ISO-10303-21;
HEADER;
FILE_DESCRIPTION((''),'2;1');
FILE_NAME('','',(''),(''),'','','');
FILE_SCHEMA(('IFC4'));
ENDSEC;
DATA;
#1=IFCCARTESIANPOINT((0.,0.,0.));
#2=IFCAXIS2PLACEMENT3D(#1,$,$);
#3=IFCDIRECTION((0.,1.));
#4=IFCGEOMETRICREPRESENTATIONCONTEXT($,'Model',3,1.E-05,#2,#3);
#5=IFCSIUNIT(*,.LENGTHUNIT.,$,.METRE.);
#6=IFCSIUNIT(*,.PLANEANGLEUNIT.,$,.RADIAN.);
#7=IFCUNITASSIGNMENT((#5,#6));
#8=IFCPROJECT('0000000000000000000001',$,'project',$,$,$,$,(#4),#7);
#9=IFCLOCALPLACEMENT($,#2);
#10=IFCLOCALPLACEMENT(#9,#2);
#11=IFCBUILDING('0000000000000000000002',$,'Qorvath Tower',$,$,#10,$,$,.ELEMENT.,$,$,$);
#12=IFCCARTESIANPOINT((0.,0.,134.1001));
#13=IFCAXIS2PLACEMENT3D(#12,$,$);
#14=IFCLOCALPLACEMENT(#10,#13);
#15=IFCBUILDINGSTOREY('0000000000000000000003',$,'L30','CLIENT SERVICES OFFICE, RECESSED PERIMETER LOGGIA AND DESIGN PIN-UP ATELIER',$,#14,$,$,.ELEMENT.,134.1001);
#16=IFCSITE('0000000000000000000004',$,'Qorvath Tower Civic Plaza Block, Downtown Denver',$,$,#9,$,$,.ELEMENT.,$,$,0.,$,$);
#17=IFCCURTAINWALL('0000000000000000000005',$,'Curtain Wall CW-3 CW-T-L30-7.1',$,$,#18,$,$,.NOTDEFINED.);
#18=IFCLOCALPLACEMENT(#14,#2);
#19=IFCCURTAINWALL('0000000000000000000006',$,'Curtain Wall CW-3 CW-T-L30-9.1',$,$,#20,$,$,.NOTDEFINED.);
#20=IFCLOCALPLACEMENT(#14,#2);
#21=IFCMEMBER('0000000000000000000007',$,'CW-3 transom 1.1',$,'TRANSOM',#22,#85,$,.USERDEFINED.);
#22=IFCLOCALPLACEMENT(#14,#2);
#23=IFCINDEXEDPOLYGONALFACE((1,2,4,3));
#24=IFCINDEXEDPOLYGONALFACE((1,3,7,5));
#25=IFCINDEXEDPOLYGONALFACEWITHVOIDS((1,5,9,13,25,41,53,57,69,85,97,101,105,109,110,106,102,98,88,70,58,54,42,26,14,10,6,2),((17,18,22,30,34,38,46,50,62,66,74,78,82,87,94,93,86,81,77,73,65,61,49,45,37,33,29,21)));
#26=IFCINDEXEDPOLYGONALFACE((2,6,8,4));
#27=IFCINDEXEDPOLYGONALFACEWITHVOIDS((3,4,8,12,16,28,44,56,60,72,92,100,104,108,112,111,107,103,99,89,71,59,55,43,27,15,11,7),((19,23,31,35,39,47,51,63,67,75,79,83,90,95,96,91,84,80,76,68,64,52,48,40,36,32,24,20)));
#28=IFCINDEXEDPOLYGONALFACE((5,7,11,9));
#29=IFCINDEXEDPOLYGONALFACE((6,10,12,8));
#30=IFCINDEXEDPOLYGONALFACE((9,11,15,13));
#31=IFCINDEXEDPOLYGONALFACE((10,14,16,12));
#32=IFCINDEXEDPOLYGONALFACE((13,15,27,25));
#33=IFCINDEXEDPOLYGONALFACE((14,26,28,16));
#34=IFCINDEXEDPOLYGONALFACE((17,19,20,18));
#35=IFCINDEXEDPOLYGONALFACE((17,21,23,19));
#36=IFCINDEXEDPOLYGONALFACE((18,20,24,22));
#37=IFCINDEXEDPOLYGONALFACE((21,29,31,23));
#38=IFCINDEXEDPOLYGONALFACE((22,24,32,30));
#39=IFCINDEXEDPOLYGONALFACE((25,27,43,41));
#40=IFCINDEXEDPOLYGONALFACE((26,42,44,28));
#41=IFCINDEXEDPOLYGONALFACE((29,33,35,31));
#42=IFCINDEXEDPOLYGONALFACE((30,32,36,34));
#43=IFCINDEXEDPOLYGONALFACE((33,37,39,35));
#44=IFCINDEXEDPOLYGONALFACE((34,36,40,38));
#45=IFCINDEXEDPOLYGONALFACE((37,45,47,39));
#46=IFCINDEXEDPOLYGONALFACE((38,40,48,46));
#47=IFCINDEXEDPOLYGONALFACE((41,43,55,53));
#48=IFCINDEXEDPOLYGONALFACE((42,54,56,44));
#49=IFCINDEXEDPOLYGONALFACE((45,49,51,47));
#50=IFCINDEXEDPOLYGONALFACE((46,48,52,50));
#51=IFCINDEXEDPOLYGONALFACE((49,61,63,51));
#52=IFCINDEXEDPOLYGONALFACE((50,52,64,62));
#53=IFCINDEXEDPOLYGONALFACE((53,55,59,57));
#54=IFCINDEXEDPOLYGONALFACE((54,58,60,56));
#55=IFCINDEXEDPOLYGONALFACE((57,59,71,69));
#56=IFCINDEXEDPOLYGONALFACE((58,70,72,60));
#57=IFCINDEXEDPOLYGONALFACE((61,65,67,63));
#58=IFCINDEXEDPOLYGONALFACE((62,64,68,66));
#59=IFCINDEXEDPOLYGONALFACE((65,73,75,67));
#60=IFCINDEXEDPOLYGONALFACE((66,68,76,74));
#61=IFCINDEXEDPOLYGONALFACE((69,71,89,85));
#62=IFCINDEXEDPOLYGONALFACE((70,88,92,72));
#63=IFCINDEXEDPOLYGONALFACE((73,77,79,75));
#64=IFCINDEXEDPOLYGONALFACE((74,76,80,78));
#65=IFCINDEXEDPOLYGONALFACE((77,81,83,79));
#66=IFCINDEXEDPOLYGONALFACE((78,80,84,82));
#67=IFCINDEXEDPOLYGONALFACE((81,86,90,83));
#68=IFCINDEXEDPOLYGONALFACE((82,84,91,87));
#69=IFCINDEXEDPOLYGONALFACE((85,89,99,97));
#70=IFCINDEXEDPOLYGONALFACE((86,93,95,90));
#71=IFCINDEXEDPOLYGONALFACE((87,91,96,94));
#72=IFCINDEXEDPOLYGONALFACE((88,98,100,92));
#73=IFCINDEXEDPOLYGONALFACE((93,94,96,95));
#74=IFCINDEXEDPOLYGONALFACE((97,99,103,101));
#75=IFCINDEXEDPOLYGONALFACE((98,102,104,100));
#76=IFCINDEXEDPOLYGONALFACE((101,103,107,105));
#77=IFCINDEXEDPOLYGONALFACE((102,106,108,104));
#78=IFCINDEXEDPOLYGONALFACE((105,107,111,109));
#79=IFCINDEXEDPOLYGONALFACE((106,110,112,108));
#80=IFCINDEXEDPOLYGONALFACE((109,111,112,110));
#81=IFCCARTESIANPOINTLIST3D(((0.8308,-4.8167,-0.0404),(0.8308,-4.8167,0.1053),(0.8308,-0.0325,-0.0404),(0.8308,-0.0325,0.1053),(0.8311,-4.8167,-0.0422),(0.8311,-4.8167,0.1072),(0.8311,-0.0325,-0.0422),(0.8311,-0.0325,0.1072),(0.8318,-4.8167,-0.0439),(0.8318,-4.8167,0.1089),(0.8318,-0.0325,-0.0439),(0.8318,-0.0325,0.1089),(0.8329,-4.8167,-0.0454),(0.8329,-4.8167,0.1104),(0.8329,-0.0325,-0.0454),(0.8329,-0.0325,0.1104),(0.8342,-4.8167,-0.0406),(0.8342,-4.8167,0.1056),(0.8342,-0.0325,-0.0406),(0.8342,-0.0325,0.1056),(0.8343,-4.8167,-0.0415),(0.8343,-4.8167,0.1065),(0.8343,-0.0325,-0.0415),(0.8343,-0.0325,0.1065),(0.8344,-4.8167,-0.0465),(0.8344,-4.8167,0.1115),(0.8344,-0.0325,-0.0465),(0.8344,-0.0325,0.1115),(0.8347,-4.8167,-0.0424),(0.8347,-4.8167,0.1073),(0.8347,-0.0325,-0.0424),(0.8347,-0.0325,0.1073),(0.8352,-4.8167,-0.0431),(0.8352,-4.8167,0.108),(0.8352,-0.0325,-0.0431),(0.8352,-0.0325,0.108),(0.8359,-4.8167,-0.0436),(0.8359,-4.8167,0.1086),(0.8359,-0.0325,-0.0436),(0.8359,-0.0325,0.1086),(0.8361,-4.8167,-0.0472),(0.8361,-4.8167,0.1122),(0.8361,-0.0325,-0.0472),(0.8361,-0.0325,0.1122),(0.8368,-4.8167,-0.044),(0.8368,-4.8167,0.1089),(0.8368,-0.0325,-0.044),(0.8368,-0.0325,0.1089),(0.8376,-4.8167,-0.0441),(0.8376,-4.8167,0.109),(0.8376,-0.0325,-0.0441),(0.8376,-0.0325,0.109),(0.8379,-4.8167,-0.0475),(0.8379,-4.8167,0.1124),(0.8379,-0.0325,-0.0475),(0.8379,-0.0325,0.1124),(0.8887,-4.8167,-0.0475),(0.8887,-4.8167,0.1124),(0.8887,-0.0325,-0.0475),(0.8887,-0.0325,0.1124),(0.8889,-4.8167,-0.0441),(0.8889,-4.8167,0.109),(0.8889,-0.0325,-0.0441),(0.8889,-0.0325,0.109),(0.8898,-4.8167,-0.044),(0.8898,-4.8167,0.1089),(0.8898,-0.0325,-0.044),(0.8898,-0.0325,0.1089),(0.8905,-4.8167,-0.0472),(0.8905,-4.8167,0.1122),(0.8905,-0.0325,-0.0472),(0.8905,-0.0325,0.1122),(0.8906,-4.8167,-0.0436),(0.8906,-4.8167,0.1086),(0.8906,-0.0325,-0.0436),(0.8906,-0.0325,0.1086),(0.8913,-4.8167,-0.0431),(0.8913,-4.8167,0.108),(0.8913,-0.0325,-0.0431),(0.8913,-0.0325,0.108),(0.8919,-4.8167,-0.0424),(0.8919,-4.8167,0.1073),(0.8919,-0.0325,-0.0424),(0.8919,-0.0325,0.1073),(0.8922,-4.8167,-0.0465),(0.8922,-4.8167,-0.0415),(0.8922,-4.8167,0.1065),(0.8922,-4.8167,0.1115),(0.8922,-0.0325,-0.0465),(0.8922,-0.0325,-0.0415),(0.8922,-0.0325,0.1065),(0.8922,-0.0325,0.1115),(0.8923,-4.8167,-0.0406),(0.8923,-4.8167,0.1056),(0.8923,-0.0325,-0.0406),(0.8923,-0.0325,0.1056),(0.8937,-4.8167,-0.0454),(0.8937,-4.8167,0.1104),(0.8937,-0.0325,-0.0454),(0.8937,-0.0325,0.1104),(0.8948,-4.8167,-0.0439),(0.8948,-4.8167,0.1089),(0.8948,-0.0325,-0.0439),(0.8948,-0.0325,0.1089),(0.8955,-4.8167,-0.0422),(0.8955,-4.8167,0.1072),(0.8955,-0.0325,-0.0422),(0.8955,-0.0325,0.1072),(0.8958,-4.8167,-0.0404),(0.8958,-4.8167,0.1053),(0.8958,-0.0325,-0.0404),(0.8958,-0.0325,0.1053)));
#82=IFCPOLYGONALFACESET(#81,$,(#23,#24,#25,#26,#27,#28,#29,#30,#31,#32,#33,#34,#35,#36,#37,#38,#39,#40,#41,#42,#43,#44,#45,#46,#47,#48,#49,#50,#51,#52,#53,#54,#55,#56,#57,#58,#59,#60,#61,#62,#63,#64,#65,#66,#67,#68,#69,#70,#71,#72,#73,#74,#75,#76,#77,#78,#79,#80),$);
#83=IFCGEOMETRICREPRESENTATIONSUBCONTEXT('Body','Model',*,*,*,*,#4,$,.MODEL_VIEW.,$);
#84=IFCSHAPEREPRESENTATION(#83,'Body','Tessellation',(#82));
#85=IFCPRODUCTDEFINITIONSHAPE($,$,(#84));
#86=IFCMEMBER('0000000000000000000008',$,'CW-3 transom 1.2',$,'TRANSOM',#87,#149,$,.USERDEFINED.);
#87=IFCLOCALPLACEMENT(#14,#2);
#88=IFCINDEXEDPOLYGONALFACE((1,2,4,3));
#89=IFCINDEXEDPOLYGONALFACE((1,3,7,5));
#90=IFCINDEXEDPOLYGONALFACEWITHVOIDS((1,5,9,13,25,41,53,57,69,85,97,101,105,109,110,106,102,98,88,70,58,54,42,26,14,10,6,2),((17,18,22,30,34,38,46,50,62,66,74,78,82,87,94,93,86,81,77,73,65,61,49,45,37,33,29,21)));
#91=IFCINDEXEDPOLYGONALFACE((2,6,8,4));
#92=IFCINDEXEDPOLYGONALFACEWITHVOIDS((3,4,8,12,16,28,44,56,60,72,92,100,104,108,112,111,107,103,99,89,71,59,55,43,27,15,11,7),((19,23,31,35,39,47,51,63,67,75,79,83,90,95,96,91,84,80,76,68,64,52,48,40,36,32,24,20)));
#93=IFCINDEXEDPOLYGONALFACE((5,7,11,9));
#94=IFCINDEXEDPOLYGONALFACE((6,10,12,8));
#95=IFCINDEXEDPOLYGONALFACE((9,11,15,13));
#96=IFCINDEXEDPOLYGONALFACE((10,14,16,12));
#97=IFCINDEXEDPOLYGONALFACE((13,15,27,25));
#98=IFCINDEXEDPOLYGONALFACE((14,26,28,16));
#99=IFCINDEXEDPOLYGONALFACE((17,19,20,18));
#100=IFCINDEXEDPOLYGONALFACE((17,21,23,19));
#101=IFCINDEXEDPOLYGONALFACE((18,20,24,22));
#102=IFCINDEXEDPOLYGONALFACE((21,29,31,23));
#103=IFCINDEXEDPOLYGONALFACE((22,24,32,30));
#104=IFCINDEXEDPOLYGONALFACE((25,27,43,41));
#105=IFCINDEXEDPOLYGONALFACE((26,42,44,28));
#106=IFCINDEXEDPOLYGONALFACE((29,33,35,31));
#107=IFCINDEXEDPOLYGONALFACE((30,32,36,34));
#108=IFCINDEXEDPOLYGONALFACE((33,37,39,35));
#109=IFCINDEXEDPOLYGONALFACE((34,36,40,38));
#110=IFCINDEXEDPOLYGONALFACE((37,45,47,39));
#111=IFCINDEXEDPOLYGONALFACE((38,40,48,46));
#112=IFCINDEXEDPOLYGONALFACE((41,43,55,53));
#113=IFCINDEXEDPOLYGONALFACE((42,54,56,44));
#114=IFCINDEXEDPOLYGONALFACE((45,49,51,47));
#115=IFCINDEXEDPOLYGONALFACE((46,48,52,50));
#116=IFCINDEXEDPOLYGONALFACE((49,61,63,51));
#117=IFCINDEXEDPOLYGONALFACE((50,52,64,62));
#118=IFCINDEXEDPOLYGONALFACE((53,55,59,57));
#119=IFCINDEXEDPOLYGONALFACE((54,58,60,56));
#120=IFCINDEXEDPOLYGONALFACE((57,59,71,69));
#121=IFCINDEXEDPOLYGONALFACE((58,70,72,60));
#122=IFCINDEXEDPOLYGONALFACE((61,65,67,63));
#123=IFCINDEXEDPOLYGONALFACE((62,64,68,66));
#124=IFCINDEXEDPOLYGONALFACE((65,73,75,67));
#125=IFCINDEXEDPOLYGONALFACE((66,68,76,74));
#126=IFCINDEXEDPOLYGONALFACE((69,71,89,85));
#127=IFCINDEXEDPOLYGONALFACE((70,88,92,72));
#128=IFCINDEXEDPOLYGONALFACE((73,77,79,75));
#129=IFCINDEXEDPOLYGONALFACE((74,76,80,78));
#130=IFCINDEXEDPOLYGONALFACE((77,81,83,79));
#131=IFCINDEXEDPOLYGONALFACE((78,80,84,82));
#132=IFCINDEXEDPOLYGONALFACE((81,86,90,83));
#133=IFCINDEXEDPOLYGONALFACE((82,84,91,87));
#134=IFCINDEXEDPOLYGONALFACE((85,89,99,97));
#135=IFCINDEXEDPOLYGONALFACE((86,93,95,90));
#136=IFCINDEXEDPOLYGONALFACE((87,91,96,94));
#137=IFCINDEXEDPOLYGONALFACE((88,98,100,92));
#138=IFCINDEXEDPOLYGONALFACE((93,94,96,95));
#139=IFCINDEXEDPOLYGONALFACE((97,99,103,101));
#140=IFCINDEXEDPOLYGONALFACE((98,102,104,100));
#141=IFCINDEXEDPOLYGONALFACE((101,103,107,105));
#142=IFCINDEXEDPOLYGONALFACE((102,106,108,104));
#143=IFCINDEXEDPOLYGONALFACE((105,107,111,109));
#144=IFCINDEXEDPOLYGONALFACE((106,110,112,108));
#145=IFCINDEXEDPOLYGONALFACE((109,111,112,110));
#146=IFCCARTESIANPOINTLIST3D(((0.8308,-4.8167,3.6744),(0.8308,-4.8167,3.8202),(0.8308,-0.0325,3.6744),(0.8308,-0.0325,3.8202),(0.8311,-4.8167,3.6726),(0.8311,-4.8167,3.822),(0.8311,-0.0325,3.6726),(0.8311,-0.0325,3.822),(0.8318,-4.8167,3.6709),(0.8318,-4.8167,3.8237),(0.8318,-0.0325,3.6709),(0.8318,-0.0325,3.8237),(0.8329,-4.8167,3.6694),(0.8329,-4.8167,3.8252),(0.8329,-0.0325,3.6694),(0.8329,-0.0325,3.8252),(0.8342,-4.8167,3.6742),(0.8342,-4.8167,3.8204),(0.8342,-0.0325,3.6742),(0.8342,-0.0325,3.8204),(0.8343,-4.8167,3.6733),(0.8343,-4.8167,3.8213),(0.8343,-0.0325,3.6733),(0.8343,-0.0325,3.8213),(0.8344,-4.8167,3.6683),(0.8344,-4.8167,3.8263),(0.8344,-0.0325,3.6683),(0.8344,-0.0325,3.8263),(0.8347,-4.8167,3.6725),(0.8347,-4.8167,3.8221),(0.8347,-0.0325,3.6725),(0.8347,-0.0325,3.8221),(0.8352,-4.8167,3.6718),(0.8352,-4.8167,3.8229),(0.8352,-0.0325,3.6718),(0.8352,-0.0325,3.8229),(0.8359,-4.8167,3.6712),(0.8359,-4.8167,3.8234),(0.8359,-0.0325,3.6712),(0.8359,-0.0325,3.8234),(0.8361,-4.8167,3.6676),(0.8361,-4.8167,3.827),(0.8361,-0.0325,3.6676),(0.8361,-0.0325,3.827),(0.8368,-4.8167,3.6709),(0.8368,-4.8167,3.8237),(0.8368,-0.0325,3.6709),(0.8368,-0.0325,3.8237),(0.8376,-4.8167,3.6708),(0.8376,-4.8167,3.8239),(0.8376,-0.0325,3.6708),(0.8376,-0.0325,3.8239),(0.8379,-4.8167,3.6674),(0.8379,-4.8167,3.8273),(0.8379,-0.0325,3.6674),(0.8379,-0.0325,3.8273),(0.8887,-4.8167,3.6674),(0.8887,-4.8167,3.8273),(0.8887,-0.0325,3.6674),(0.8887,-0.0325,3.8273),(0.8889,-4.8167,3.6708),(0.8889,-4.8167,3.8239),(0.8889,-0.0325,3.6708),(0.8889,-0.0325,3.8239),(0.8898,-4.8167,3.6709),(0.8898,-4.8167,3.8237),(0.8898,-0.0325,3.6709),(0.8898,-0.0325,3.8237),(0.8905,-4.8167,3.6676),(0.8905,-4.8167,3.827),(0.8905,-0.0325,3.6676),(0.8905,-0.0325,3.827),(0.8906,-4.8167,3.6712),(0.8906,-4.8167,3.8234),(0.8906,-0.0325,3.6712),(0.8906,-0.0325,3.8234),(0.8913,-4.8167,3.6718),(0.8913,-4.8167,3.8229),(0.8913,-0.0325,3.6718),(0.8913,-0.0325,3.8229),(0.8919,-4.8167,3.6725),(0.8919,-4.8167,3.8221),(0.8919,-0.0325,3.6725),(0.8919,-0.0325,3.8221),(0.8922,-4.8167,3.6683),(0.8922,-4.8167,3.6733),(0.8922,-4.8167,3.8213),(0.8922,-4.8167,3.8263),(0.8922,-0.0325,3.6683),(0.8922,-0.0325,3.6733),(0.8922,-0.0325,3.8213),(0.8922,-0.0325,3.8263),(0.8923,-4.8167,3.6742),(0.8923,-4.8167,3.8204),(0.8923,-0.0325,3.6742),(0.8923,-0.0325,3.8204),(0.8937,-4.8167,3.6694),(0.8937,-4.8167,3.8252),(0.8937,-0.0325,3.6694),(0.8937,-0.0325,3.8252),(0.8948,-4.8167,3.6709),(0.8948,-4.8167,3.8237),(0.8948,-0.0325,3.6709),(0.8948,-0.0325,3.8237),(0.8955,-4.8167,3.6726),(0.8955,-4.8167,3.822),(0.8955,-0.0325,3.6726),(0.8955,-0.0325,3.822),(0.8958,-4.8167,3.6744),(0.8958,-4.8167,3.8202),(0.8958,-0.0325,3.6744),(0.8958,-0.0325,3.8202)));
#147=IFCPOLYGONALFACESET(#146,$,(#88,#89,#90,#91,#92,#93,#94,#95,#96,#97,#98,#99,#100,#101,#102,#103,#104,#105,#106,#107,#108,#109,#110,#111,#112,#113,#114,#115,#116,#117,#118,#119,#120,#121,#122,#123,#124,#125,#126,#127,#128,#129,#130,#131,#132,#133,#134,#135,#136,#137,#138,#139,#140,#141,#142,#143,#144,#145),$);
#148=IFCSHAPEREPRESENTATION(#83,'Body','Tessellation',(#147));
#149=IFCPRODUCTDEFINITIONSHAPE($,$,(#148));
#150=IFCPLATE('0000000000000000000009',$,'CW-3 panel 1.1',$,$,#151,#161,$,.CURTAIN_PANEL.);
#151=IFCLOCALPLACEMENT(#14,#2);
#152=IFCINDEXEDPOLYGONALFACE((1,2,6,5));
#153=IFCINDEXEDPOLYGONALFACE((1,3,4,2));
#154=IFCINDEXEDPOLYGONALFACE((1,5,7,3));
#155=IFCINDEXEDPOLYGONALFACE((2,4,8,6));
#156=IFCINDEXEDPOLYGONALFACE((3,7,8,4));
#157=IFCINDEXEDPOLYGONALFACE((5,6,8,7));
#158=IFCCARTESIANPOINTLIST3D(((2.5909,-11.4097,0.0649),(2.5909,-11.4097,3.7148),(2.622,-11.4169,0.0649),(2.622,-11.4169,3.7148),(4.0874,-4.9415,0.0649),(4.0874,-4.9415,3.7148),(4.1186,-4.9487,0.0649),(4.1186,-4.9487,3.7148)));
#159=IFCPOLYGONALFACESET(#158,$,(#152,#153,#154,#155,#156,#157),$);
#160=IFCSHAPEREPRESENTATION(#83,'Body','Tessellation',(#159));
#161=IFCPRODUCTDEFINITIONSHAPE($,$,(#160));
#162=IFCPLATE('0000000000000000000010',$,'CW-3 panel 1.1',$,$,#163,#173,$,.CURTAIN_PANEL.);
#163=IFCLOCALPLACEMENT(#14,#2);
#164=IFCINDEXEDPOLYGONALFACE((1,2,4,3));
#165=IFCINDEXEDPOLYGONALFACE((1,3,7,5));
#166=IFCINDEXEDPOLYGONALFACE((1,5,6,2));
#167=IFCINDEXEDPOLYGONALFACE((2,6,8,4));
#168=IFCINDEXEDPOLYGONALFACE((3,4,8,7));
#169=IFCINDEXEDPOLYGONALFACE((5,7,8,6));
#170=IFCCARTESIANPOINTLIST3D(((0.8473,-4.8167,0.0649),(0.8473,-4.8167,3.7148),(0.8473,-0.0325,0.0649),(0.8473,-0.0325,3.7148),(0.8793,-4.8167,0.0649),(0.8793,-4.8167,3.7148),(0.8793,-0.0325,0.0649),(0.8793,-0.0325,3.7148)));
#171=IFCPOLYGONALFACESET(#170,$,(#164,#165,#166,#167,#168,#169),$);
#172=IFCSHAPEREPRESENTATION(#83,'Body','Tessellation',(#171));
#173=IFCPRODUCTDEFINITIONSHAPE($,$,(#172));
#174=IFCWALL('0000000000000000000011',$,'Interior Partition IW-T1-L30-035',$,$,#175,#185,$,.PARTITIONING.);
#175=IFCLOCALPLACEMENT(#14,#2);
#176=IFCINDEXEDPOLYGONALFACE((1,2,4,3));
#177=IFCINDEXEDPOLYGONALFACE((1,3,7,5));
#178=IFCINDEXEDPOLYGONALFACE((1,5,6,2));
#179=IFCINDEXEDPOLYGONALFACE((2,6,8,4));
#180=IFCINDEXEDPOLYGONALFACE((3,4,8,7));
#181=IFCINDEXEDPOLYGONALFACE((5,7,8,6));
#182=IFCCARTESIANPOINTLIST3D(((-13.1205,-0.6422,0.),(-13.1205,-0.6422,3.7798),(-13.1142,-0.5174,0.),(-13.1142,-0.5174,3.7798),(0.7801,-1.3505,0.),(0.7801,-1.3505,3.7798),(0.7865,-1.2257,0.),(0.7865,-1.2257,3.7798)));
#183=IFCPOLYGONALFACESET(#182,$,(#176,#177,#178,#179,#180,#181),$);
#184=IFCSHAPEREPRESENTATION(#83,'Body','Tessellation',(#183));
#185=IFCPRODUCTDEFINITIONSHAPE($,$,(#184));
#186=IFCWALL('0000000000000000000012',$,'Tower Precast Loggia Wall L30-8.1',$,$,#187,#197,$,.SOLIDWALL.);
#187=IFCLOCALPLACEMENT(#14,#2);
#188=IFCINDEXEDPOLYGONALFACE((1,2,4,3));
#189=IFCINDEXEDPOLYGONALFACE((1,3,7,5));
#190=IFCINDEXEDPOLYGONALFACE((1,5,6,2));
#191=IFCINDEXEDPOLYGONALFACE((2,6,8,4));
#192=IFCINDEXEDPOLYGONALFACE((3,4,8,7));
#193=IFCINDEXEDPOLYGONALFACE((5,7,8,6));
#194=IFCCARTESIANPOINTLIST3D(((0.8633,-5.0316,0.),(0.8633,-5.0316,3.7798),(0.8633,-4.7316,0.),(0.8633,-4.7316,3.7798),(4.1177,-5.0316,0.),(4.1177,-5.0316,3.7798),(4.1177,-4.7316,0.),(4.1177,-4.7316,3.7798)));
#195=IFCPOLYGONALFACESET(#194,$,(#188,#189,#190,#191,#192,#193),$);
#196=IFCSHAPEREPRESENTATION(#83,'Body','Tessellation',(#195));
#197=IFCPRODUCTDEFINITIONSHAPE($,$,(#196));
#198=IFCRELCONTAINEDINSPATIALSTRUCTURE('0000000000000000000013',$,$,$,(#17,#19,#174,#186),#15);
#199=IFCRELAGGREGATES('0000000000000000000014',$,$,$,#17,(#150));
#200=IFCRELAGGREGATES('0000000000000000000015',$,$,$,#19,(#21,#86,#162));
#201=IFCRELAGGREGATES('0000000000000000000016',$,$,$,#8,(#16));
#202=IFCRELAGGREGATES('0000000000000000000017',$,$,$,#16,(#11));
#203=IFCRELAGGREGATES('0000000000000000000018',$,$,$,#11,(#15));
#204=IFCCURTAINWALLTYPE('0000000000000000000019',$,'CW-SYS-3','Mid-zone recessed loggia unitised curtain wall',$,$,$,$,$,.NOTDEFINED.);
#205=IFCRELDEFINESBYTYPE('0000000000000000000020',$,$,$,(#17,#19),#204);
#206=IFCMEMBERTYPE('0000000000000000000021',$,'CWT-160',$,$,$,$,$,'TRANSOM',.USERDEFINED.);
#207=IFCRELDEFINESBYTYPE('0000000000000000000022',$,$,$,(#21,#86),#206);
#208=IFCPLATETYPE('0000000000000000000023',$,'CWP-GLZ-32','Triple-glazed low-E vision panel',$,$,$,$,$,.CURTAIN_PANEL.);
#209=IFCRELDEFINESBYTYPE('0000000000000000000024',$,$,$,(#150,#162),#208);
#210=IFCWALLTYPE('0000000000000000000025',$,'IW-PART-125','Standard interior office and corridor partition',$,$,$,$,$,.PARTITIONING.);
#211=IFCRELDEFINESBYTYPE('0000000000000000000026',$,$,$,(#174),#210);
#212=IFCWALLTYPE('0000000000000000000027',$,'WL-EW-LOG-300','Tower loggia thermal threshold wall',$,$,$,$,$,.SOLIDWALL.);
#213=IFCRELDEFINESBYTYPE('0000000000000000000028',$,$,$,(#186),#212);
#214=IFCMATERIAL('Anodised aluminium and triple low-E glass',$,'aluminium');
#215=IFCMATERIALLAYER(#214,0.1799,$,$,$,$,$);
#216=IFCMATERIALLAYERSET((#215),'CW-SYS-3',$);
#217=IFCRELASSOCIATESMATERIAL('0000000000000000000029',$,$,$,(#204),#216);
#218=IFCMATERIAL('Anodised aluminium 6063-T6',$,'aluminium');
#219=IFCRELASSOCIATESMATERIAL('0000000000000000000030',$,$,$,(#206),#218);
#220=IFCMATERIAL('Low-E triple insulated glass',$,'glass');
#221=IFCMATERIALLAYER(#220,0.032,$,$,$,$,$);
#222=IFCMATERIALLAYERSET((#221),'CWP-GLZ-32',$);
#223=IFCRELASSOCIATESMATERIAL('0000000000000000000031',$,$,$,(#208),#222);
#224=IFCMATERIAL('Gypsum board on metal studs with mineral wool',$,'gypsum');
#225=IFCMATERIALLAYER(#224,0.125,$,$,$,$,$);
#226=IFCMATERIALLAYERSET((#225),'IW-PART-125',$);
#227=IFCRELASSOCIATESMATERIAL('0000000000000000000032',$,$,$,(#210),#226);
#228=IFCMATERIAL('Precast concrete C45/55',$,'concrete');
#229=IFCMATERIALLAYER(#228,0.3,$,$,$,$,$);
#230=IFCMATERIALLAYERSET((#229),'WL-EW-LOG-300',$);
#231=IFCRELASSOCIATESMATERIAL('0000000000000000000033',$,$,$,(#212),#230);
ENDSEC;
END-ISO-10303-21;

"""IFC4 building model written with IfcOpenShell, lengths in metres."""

from ifc_helpers import new_model, si_unit, direction, frame, frame_2d, origin, origin_2d, place, context, subcontext, project, spatial, rectangle, hollow_rectangle, extrude, material, layer, layer_set, material_profile, profile_set, type_object, element, aggregate, save


model = new_model("IFC4")

# Units and contexts
model_context = context("Model", 3, precision=1e-05, world=origin(), true_north=direction((0.0, 1.0)))
body_context = subcontext(model_context, "Body", "Model", "MODEL_VIEW")
ifc_project = project(units=[si_unit("LENGTHUNIT", "METRE"), si_unit("PLANEANGLEUNIT", "RADIAN")], contexts=[model_context])

# Site, building, storey
site_placement = place(None, origin())
site = spatial("IfcSite", under=ifc_project, at=site_placement, Name="Qorvath Tower Civic Plaza Block, Downtown Denver", CompositionType="ELEMENT", RefElevation=0.0)
building_placement = place(site_placement, origin())
building = spatial("IfcBuilding", under=site, at=building_placement, Name="Qorvath Tower", CompositionType="ELEMENT")
storey_placement = place(building_placement, frame((0.0, 0.0, 134.1001)))
storey = spatial("IfcBuildingStorey", under=building, at=storey_placement, Name="L30", Description="CLIENT SERVICES OFFICE, RECESSED PERIMETER LOGGIA AND DESIGN PIN-UP ATELIER", CompositionType="ELEMENT", Elevation=134.1001)

# Curtain wall
ifc_material_1 = material(Name="Anodised aluminium and triple low-E glass", Category="aluminium")
ifc_layer_1 = layer(ifc_material_1, 0.1799)
ifc_layer_set_1 = layer_set([ifc_layer_1], Name="CW-SYS-3")
curtain_wall_type = type_object("IfcCurtainWallType", Name="CW-SYS-3", Description="Mid-zone recessed loggia unitised curtain wall", PredefinedType="NOTDEFINED", material=ifc_layer_set_1)
curtain_wall_1_placement = place(storey_placement, origin())
curtain_wall_1 = element("IfcCurtainWall", 1, at=curtain_wall_1_placement, inside=storey, type_object=curtain_wall_type, Name="Curtain Wall CW-3 CW-T-L30-7.1", PredefinedType="NOTDEFINED")

# Curtain wall, members
curtain_wall_2_placement = place(storey_placement, origin())
curtain_wall_2 = element("IfcCurtainWall", 2, at=curtain_wall_2_placement, inside=storey, type_object=curtain_wall_type, Name="Curtain Wall CW-3 CW-T-L30-9.1", PredefinedType="NOTDEFINED")
ifc_material_2 = material(Name="Anodised aluminium 6063-T6", Category="aluminium")
ifc_material_profile_1 = material_profile(ifc_material_2, hollow_rectangle(XDim=0.0649, YDim=0.1599, WallThickness=0.0034, InnerFilletRadius=0.0034, OuterFilletRadius=0.0071, at=origin_2d()), Name="CWT 160x65")
ifc_profile_set_1 = profile_set([ifc_material_profile_1], Name="Anodised aluminium 6063-T6")
member_type_1 = type_object("IfcMemberType", Name="CWT-160", ElementType="TRANSOM", PredefinedType="USERDEFINED", material=ifc_profile_set_1)
member_1_placement = place(storey_placement, frame((0.8633, -4.8167, 0.0325), z_axis=(0.0, 1.0, 0.0), x_axis=(-1.0, 0.0, 0.0)))
member_1 = element("IfcMember", 3, at=member_1_placement, type_object=member_type_1, Name="CW-3 transom 1.1", ObjectType="TRANSOM", PredefinedType="USERDEFINED", context=body_context, shape_type="SweptSolid", body=[
    extrude(hollow_rectangle(XDim=0.0649, YDim=0.1599, WallThickness=0.0034, InnerFilletRadius=0.0034, OuterFilletRadius=0.0071, at=origin_2d()), origin(), (0.0, 0.0, 1.0), 4.7842),
])
member_2_placement = place(storey_placement, frame((0.8633, -4.8167, 3.7473), z_axis=(0.0, 1.0, 0.0), x_axis=(-1.0, 0.0, 0.0)))
member_2 = element("IfcMember", 4, at=member_2_placement, type_object=member_type_1, Name="CW-3 transom 1.2", ObjectType="TRANSOM", PredefinedType="USERDEFINED", context=body_context, shape_type="SweptSolid", body=[
    extrude(hollow_rectangle(XDim=0.0649, YDim=0.1599, WallThickness=0.0034, InnerFilletRadius=0.0034, OuterFilletRadius=0.0071, at=origin_2d()), origin(), (0.0, 0.0, 1.0), 4.7842),
])

# Plates
ifc_material_3 = material(Name="Low-E triple insulated glass", Category="glass")
ifc_layer_2 = layer(ifc_material_3, 0.032)
ifc_layer_set_2 = layer_set([ifc_layer_2], Name="CWP-GLZ-32")
plate_type = type_object("IfcPlateType", Name="CWP-GLZ-32", Description="Triple-glazed low-E vision panel", PredefinedType="CURTAIN_PANEL", material=ifc_layer_set_2)
plate_1_placement = place(storey_placement, frame((3.3547, -8.1792, 0.0649), z_axis=(0.0, 0.0, 1.0), x_axis=(0.225417, 0.974262, 0.0)))
plate_1 = element("IfcPlate", 5, at=plate_1_placement, type_object=plate_type, Name="CW-3 panel 1.1", PredefinedType="CURTAIN_PANEL", context=body_context, shape_type="SweptSolid", body=[
    extrude(rectangle(XDim=6.6392, YDim=0.032, at=origin_2d()), origin(), (0.0, 0.0, 1.0), 3.6499),
])
aggregate(curtain_wall_1, [plate_1])
plate_2_placement = place(storey_placement, frame((0.8633, -2.4246, 0.0649), z_axis=(0.0, 0.0, 1.0), x_axis=(0.0, 1.0, 0.0)))
plate_2 = element("IfcPlate", 6, at=plate_2_placement, type_object=plate_type, Name="CW-3 panel 1.1", PredefinedType="CURTAIN_PANEL", context=body_context, shape_type="SweptSolid", body=[
    extrude(rectangle(XDim=4.7842, YDim=0.032, at=origin_2d()), origin(), (0.0, 0.0, 1.0), 3.6499),
])
aggregate(curtain_wall_2, [member_1, member_2, plate_2])

# Walls
ifc_material_4 = material(Name="Gypsum board on metal studs with mineral wool", Category="gypsum")
ifc_layer_3 = layer(ifc_material_4, 0.125)
ifc_layer_set_3 = layer_set([ifc_layer_3], Name="IW-PART-125")
wall_type_1 = type_object("IfcWallType", Name="IW-PART-125", Description="Standard interior office and corridor partition", PredefinedType="PARTITIONING", material=ifc_layer_set_3)
wall_1_placement = place(storey_placement, frame((0.7834, -1.2881, 0.0), z_axis=(0.0, 0.0, 1.0), x_axis=(-0.998705, 0.050885, 0.0)))
element("IfcWall", 7, at=wall_1_placement, inside=storey, type_object=wall_type_1, Name="Interior Partition IW-T1-L30-035", PredefinedType="PARTITIONING", context=body_context, shape_type="SweptSolid", body=[
    extrude(rectangle(XDim=13.9187, YDim=0.125, at=frame_2d((6.9595, 0.0))), origin(), (0.0, 0.0, 1.0), 3.7798),
])
ifc_material_5 = material(Name="Precast concrete C45/55", Category="concrete")
ifc_layer_4 = layer(ifc_material_5, 0.3)
ifc_layer_set_4 = layer_set([ifc_layer_4], Name="WL-EW-LOG-300")
wall_type_2 = type_object("IfcWallType", Name="WL-EW-LOG-300", Description="Tower loggia thermal threshold wall", PredefinedType="SOLIDWALL", material=ifc_layer_set_4)
wall_2_placement = place(storey_placement, frame((4.1177, -4.8816, 0.0), z_axis=(0.0, 0.0, 1.0), x_axis=(-1.0, 0.0, 0.0)))
element("IfcWall", 8, at=wall_2_placement, inside=storey, type_object=wall_type_2, Name="Tower Precast Loggia Wall L30-8.1", PredefinedType="SOLIDWALL", context=body_context, shape_type="SweptSolid", body=[
    extrude(rectangle(XDim=3.2544, YDim=0.3, at=frame_2d((1.6272, 0.0))), origin(), (0.0, 0.0, 1.0), 3.7798),
])

save(model, "model.ifc")
